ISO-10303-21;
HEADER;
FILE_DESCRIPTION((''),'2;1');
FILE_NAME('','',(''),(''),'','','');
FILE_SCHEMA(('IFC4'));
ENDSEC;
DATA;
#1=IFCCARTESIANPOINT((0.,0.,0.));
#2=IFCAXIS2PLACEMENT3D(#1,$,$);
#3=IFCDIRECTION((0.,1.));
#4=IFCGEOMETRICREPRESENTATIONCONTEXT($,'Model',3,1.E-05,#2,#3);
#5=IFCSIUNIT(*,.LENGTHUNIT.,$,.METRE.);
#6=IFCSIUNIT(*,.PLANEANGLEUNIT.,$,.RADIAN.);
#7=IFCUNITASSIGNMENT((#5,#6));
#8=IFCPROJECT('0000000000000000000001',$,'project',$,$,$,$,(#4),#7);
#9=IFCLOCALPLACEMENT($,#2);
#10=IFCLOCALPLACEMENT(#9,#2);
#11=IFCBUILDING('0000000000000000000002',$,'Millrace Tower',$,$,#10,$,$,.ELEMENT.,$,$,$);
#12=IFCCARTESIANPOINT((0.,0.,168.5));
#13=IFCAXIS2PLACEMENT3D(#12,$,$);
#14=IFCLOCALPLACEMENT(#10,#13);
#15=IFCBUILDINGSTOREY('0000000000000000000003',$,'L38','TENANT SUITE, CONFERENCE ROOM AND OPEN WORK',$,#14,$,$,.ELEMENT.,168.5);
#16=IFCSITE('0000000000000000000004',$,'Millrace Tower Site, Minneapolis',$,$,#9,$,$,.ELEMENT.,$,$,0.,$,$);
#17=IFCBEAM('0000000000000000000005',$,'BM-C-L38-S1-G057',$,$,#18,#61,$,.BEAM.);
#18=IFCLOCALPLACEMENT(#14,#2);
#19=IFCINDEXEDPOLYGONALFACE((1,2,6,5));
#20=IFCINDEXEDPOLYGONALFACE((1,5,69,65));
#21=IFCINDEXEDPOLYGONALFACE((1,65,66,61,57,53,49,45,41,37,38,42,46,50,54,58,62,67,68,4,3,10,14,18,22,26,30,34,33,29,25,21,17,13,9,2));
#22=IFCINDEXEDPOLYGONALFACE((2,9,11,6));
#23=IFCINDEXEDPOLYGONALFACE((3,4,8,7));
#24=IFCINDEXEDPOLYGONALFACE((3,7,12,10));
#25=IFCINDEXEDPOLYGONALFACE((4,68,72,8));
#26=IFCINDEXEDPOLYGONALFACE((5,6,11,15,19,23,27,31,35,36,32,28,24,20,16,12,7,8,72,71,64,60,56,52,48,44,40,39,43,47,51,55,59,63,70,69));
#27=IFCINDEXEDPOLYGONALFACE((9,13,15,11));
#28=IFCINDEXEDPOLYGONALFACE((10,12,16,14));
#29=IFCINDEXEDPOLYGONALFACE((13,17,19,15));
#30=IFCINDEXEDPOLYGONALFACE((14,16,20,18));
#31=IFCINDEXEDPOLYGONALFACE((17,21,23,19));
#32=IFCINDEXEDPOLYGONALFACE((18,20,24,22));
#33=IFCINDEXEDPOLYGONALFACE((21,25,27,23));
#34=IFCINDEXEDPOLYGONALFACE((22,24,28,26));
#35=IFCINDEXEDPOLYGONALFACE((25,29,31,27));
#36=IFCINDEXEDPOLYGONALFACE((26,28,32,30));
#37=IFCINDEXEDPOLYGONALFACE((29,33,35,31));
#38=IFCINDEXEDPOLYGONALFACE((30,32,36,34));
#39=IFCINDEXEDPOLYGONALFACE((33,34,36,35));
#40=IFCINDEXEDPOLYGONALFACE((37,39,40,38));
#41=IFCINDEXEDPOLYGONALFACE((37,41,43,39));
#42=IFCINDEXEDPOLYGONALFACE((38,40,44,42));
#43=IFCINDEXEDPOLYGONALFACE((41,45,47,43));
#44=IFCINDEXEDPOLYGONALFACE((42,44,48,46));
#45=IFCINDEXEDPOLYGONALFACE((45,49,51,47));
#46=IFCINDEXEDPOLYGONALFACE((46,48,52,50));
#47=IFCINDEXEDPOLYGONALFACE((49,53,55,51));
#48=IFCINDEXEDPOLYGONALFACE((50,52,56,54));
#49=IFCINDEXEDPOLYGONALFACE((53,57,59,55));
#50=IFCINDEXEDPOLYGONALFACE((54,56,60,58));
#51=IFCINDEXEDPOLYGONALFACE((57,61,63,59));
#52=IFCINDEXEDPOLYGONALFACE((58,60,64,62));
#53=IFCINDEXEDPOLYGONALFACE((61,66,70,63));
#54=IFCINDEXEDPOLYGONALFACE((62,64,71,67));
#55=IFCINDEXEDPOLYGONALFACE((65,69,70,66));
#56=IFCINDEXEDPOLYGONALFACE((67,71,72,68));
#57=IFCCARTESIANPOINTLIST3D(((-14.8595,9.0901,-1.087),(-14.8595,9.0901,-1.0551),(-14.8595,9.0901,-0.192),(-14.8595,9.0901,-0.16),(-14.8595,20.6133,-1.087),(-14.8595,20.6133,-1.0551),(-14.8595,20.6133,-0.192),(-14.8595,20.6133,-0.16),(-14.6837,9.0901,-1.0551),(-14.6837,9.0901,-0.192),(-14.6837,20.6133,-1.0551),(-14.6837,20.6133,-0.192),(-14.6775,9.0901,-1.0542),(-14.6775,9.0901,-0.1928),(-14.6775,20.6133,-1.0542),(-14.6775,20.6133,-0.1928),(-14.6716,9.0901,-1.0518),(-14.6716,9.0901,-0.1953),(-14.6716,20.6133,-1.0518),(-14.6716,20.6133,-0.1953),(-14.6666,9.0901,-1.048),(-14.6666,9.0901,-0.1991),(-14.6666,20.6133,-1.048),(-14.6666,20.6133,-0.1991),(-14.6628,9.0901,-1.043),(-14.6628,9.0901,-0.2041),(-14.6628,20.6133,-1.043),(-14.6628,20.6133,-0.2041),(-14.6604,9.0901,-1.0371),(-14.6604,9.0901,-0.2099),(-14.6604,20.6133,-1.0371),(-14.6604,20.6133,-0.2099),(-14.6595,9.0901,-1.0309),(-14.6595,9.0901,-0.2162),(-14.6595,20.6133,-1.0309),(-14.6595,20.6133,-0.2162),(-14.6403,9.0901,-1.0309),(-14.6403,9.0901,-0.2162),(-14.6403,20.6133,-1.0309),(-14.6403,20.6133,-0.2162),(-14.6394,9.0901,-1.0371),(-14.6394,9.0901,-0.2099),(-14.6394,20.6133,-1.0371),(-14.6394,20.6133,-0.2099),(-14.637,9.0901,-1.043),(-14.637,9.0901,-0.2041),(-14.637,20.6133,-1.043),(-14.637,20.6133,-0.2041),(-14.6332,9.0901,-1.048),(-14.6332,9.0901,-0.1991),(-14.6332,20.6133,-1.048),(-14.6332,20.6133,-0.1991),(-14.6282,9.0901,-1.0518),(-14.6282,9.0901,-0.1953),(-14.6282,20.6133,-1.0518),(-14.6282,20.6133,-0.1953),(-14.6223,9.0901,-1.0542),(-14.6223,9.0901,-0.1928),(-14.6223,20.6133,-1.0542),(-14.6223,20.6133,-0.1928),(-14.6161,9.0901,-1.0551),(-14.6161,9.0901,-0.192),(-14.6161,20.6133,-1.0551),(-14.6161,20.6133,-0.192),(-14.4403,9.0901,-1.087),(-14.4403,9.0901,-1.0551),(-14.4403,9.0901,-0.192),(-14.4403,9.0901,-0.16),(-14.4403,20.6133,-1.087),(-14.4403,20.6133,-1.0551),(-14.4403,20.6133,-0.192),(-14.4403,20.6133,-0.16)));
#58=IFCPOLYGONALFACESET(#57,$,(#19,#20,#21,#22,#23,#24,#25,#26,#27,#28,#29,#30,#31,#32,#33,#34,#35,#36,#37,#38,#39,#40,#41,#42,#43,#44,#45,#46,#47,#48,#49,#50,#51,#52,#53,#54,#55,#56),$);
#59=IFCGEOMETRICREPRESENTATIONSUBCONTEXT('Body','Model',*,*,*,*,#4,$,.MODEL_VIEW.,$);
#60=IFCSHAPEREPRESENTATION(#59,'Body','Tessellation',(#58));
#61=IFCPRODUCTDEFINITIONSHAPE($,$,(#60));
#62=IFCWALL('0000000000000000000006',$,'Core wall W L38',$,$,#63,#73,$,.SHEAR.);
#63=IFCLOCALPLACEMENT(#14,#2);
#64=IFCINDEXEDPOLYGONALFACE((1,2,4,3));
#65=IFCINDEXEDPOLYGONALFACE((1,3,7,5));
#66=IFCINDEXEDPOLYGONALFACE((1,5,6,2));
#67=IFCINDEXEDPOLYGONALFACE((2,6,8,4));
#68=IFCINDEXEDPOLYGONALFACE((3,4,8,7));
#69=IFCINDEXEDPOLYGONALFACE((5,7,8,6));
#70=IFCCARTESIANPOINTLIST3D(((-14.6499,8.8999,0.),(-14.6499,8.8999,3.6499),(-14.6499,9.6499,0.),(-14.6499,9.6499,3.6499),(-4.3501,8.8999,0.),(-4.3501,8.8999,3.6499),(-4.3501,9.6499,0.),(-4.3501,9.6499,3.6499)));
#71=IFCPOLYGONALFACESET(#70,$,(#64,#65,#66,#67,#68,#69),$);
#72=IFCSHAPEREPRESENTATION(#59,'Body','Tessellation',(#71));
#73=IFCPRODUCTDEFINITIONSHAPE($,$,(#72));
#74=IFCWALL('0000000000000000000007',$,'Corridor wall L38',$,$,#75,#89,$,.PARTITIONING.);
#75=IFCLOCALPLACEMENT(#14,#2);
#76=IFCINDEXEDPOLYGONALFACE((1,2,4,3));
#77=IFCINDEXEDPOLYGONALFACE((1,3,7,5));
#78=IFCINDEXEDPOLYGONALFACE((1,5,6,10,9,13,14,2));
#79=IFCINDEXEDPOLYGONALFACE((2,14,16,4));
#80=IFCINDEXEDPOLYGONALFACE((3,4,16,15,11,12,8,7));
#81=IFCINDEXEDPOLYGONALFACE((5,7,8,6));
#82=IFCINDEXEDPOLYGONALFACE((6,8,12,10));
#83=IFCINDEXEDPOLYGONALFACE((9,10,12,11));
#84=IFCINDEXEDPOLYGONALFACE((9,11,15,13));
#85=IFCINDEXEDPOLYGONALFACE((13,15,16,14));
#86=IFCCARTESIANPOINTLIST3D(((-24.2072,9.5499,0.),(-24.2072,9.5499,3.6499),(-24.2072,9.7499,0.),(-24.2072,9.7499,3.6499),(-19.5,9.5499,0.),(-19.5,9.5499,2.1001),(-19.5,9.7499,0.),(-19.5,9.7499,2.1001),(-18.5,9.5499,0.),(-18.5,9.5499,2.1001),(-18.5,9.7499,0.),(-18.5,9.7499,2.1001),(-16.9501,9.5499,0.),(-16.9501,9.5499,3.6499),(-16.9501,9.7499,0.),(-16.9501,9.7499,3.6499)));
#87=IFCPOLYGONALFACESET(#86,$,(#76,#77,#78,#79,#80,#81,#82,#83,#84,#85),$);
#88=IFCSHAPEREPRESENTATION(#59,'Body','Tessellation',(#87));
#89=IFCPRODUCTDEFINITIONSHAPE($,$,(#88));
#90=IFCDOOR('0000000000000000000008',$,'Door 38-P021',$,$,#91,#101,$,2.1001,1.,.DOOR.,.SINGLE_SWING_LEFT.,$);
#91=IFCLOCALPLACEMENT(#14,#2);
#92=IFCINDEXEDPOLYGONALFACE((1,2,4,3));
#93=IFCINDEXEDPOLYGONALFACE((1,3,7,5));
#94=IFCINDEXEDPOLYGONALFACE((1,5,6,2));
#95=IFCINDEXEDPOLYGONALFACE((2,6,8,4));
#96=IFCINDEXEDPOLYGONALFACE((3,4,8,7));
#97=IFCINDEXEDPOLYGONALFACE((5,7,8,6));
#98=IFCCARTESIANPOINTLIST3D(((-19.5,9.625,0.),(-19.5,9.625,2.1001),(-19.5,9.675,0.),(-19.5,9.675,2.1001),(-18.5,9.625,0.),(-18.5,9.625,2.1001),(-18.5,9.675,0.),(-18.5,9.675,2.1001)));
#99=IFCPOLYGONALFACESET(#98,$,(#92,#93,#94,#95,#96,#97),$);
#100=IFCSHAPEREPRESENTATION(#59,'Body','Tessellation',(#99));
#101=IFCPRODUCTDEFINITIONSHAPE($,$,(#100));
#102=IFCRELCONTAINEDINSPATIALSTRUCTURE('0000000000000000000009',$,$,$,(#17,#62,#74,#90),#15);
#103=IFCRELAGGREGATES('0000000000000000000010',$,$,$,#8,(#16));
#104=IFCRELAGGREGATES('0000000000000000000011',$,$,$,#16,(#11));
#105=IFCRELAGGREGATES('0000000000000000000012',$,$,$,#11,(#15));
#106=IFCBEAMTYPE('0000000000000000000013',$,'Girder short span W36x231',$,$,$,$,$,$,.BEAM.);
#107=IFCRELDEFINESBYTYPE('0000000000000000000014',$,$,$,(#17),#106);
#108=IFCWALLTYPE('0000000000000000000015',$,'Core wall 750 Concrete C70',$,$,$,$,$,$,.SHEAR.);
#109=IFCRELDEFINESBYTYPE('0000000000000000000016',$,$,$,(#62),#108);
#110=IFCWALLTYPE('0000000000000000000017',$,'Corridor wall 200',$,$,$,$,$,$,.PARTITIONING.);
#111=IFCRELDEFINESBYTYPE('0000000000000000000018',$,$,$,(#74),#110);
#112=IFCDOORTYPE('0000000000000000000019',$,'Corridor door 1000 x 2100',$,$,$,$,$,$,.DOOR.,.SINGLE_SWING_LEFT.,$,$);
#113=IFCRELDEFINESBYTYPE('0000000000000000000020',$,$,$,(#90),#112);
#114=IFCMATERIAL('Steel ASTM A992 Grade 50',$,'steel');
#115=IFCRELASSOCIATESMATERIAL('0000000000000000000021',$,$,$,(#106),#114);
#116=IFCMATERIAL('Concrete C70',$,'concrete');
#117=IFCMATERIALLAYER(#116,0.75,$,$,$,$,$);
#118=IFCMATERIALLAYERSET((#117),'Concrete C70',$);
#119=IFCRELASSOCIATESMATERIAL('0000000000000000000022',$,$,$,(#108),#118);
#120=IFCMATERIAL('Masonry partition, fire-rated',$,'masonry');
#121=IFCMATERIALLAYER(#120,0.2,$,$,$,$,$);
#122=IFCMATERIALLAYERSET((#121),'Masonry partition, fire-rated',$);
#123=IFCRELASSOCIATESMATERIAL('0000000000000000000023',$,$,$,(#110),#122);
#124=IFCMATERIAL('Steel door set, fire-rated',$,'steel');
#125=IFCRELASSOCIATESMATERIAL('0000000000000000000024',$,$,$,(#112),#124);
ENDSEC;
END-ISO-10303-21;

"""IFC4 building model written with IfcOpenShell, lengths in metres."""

from ifc_helpers import new_model, si_unit, direction, frame, frame_2d, origin, origin_2d, place, context, subcontext, project, spatial, rectangle, i_section, extrude, material, layer, layer_set, material_profile, profile_set, type_object, element, fill, save


model = new_model("IFC4")

# Units and contexts
model_context = context("Model", 3, precision=1e-05, world=origin(), true_north=direction((0.0, 1.0)))
body_context = subcontext(model_context, "Body", "Model", "MODEL_VIEW")
ifc_project = project(units=[si_unit("LENGTHUNIT", "METRE"), si_unit("PLANEANGLEUNIT", "RADIAN")], contexts=[model_context])

# Site, building, storey
site_placement = place(None, origin())
site = spatial("IfcSite", under=ifc_project, at=site_placement, Name="Millrace Tower Site, Minneapolis", CompositionType="ELEMENT", RefElevation=0.0)
building_placement = place(site_placement, origin())
building = spatial("IfcBuilding", under=site, at=building_placement, Name="Millrace Tower", CompositionType="ELEMENT")
storey_placement = place(building_placement, frame((0.0, 0.0, 168.5)))
storey = spatial("IfcBuildingStorey", under=building, at=storey_placement, Name="L38", Description="TENANT SUITE, CONFERENCE ROOM AND OPEN WORK", CompositionType="ELEMENT", Elevation=168.5)

# Beam
ifc_material_1 = material(Name="Steel ASTM A992 Grade 50", Category="steel")
ifc_material_profile_1 = material_profile(ifc_material_1, i_section(OverallWidth=0.4192, OverallDepth=0.927, WebThickness=0.0193, FlangeThickness=0.032, FilletRadius=0.0242, at=origin_2d()))
ifc_profile_set_1 = profile_set([ifc_material_profile_1], Name="Steel ASTM A992 Grade 50")
beam_type_1 = type_object("IfcBeamType", Name="Girder short span W36x231", PredefinedType="BEAM", material=ifc_profile_set_1)
beam_1_placement = place(storey_placement, frame((-14.6499, 9.0901, -0.6235), z_axis=(0.0, 1.0, 0.0), x_axis=(-1.0, 0.0, 0.0)))
element("IfcBeam", 1, at=beam_1_placement, inside=storey, type_object=beam_type_1, Name="BM-C-L38-S1-G057", PredefinedType="BEAM", context=body_context, shape_type="SweptSolid", body=[
    extrude(i_section(OverallWidth=0.4192, OverallDepth=0.927, WebThickness=0.0193, FlangeThickness=0.032, FilletRadius=0.0242, at=origin_2d()), origin(), (0.0, 0.0, 1.0), 11.5232),
])

# Wall
ifc_material_2 = material(Name="Concrete C70", Category="concrete")
ifc_layer_1 = layer(ifc_material_2, 0.75)
ifc_layer_set_1 = layer_set([ifc_layer_1], Name="Concrete C70")
wall_type_1 = type_object("IfcWallType", Name="Core wall 750 Concrete C70", PredefinedType="SHEAR", material=ifc_layer_set_1)
wall_1_placement = place(storey_placement, frame((-14.6499, 9.2749, 0.0), z_axis=(0.0, 0.0, 1.0), x_axis=(1.0, 0.0, 0.0)))
element("IfcWall", 2, at=wall_1_placement, inside=storey, type_object=wall_type_1, Name="Core wall W L38", PredefinedType="SHEAR", context=body_context, shape_type="SweptSolid", body=[
    extrude(rectangle(XDim=10.2998, YDim=0.75, at=frame_2d((5.1499, 0.0))), origin(), (0.0, 0.0, 1.0), 3.6499),
])

# Wall, opening, door
ifc_material_3 = material(Name="Masonry partition, fire-rated", Category="masonry")
ifc_layer_2 = layer(ifc_material_3, 0.2)
ifc_layer_set_2 = layer_set([ifc_layer_2], Name="Masonry partition, fire-rated")
wall_type_2 = type_object("IfcWallType", Name="Corridor wall 200", PredefinedType="PARTITIONING", material=ifc_layer_set_2)
wall_2_placement = place(storey_placement, frame((-24.207, 9.6499, 0.0), z_axis=(0.0, 0.0, 1.0), x_axis=(1.0, 0.0, 0.0)))
wall_2 = element("IfcWall", 3, at=wall_2_placement, inside=storey, type_object=wall_type_2, Name="Corridor wall L38", PredefinedType="PARTITIONING", context=body_context, shape_type="SweptSolid", body=[
    extrude(rectangle(XDim=7.2571, YDim=0.2, at=frame_2d((3.6284, 0.0))), origin(), (0.0, 0.0, 1.0), 3.6499),
])
opening_1_placement = place(wall_2_placement, frame((4.707, 0.0, 0.0)))
opening_1 = element("IfcOpeningElement", 4, at=opening_1_placement, cuts=wall_2, PredefinedType="OPENING", context=body_context, shape_type="SweptSolid", body=[
    extrude(rectangle(XDim=1.0, YDim=2.1001, at=frame_2d((0.5, 1.05))), frame((0.0, 0.1099, 0.0), z_axis=(0.0, -1.0, 0.0), x_axis=(1.0, 0.0, 0.0)), (0.0, 0.0, 1.0), 0.22),
])
ifc_material_4 = material(Name="Steel door set, fire-rated", Category="steel")
door_type_1 = type_object("IfcDoorType", Name="Corridor door 1000 x 2100", OperationType="SINGLE_SWING_LEFT", PredefinedType="DOOR", material=ifc_material_4)
door_1_placement = place(opening_1_placement, frame((1.0, 0.0, 0.0), z_axis=(0.0, 0.0, 1.0), x_axis=(-1.0, 0.0, 0.0)))
door_1 = element("IfcDoor", 5, at=door_1_placement, inside=storey, type_object=door_type_1, Name="Door 38-P021", OperationType="SINGLE_SWING_LEFT", OverallHeight=2.1001, OverallWidth=1.0, PredefinedType="DOOR", context=body_context, shape_type="SweptSolid", body=[
    extrude(rectangle(XDim=1.0, YDim=2.1001, at=frame_2d((0.5, 1.05))), frame((0.0, 0.0249, 0.0), z_axis=(0.0, -1.0, 0.0), x_axis=(1.0, 0.0, 0.0)), (0.0, 0.0, 1.0), 0.05),
])
fill(opening_1, door_1)

save(model, "model.ifc")
